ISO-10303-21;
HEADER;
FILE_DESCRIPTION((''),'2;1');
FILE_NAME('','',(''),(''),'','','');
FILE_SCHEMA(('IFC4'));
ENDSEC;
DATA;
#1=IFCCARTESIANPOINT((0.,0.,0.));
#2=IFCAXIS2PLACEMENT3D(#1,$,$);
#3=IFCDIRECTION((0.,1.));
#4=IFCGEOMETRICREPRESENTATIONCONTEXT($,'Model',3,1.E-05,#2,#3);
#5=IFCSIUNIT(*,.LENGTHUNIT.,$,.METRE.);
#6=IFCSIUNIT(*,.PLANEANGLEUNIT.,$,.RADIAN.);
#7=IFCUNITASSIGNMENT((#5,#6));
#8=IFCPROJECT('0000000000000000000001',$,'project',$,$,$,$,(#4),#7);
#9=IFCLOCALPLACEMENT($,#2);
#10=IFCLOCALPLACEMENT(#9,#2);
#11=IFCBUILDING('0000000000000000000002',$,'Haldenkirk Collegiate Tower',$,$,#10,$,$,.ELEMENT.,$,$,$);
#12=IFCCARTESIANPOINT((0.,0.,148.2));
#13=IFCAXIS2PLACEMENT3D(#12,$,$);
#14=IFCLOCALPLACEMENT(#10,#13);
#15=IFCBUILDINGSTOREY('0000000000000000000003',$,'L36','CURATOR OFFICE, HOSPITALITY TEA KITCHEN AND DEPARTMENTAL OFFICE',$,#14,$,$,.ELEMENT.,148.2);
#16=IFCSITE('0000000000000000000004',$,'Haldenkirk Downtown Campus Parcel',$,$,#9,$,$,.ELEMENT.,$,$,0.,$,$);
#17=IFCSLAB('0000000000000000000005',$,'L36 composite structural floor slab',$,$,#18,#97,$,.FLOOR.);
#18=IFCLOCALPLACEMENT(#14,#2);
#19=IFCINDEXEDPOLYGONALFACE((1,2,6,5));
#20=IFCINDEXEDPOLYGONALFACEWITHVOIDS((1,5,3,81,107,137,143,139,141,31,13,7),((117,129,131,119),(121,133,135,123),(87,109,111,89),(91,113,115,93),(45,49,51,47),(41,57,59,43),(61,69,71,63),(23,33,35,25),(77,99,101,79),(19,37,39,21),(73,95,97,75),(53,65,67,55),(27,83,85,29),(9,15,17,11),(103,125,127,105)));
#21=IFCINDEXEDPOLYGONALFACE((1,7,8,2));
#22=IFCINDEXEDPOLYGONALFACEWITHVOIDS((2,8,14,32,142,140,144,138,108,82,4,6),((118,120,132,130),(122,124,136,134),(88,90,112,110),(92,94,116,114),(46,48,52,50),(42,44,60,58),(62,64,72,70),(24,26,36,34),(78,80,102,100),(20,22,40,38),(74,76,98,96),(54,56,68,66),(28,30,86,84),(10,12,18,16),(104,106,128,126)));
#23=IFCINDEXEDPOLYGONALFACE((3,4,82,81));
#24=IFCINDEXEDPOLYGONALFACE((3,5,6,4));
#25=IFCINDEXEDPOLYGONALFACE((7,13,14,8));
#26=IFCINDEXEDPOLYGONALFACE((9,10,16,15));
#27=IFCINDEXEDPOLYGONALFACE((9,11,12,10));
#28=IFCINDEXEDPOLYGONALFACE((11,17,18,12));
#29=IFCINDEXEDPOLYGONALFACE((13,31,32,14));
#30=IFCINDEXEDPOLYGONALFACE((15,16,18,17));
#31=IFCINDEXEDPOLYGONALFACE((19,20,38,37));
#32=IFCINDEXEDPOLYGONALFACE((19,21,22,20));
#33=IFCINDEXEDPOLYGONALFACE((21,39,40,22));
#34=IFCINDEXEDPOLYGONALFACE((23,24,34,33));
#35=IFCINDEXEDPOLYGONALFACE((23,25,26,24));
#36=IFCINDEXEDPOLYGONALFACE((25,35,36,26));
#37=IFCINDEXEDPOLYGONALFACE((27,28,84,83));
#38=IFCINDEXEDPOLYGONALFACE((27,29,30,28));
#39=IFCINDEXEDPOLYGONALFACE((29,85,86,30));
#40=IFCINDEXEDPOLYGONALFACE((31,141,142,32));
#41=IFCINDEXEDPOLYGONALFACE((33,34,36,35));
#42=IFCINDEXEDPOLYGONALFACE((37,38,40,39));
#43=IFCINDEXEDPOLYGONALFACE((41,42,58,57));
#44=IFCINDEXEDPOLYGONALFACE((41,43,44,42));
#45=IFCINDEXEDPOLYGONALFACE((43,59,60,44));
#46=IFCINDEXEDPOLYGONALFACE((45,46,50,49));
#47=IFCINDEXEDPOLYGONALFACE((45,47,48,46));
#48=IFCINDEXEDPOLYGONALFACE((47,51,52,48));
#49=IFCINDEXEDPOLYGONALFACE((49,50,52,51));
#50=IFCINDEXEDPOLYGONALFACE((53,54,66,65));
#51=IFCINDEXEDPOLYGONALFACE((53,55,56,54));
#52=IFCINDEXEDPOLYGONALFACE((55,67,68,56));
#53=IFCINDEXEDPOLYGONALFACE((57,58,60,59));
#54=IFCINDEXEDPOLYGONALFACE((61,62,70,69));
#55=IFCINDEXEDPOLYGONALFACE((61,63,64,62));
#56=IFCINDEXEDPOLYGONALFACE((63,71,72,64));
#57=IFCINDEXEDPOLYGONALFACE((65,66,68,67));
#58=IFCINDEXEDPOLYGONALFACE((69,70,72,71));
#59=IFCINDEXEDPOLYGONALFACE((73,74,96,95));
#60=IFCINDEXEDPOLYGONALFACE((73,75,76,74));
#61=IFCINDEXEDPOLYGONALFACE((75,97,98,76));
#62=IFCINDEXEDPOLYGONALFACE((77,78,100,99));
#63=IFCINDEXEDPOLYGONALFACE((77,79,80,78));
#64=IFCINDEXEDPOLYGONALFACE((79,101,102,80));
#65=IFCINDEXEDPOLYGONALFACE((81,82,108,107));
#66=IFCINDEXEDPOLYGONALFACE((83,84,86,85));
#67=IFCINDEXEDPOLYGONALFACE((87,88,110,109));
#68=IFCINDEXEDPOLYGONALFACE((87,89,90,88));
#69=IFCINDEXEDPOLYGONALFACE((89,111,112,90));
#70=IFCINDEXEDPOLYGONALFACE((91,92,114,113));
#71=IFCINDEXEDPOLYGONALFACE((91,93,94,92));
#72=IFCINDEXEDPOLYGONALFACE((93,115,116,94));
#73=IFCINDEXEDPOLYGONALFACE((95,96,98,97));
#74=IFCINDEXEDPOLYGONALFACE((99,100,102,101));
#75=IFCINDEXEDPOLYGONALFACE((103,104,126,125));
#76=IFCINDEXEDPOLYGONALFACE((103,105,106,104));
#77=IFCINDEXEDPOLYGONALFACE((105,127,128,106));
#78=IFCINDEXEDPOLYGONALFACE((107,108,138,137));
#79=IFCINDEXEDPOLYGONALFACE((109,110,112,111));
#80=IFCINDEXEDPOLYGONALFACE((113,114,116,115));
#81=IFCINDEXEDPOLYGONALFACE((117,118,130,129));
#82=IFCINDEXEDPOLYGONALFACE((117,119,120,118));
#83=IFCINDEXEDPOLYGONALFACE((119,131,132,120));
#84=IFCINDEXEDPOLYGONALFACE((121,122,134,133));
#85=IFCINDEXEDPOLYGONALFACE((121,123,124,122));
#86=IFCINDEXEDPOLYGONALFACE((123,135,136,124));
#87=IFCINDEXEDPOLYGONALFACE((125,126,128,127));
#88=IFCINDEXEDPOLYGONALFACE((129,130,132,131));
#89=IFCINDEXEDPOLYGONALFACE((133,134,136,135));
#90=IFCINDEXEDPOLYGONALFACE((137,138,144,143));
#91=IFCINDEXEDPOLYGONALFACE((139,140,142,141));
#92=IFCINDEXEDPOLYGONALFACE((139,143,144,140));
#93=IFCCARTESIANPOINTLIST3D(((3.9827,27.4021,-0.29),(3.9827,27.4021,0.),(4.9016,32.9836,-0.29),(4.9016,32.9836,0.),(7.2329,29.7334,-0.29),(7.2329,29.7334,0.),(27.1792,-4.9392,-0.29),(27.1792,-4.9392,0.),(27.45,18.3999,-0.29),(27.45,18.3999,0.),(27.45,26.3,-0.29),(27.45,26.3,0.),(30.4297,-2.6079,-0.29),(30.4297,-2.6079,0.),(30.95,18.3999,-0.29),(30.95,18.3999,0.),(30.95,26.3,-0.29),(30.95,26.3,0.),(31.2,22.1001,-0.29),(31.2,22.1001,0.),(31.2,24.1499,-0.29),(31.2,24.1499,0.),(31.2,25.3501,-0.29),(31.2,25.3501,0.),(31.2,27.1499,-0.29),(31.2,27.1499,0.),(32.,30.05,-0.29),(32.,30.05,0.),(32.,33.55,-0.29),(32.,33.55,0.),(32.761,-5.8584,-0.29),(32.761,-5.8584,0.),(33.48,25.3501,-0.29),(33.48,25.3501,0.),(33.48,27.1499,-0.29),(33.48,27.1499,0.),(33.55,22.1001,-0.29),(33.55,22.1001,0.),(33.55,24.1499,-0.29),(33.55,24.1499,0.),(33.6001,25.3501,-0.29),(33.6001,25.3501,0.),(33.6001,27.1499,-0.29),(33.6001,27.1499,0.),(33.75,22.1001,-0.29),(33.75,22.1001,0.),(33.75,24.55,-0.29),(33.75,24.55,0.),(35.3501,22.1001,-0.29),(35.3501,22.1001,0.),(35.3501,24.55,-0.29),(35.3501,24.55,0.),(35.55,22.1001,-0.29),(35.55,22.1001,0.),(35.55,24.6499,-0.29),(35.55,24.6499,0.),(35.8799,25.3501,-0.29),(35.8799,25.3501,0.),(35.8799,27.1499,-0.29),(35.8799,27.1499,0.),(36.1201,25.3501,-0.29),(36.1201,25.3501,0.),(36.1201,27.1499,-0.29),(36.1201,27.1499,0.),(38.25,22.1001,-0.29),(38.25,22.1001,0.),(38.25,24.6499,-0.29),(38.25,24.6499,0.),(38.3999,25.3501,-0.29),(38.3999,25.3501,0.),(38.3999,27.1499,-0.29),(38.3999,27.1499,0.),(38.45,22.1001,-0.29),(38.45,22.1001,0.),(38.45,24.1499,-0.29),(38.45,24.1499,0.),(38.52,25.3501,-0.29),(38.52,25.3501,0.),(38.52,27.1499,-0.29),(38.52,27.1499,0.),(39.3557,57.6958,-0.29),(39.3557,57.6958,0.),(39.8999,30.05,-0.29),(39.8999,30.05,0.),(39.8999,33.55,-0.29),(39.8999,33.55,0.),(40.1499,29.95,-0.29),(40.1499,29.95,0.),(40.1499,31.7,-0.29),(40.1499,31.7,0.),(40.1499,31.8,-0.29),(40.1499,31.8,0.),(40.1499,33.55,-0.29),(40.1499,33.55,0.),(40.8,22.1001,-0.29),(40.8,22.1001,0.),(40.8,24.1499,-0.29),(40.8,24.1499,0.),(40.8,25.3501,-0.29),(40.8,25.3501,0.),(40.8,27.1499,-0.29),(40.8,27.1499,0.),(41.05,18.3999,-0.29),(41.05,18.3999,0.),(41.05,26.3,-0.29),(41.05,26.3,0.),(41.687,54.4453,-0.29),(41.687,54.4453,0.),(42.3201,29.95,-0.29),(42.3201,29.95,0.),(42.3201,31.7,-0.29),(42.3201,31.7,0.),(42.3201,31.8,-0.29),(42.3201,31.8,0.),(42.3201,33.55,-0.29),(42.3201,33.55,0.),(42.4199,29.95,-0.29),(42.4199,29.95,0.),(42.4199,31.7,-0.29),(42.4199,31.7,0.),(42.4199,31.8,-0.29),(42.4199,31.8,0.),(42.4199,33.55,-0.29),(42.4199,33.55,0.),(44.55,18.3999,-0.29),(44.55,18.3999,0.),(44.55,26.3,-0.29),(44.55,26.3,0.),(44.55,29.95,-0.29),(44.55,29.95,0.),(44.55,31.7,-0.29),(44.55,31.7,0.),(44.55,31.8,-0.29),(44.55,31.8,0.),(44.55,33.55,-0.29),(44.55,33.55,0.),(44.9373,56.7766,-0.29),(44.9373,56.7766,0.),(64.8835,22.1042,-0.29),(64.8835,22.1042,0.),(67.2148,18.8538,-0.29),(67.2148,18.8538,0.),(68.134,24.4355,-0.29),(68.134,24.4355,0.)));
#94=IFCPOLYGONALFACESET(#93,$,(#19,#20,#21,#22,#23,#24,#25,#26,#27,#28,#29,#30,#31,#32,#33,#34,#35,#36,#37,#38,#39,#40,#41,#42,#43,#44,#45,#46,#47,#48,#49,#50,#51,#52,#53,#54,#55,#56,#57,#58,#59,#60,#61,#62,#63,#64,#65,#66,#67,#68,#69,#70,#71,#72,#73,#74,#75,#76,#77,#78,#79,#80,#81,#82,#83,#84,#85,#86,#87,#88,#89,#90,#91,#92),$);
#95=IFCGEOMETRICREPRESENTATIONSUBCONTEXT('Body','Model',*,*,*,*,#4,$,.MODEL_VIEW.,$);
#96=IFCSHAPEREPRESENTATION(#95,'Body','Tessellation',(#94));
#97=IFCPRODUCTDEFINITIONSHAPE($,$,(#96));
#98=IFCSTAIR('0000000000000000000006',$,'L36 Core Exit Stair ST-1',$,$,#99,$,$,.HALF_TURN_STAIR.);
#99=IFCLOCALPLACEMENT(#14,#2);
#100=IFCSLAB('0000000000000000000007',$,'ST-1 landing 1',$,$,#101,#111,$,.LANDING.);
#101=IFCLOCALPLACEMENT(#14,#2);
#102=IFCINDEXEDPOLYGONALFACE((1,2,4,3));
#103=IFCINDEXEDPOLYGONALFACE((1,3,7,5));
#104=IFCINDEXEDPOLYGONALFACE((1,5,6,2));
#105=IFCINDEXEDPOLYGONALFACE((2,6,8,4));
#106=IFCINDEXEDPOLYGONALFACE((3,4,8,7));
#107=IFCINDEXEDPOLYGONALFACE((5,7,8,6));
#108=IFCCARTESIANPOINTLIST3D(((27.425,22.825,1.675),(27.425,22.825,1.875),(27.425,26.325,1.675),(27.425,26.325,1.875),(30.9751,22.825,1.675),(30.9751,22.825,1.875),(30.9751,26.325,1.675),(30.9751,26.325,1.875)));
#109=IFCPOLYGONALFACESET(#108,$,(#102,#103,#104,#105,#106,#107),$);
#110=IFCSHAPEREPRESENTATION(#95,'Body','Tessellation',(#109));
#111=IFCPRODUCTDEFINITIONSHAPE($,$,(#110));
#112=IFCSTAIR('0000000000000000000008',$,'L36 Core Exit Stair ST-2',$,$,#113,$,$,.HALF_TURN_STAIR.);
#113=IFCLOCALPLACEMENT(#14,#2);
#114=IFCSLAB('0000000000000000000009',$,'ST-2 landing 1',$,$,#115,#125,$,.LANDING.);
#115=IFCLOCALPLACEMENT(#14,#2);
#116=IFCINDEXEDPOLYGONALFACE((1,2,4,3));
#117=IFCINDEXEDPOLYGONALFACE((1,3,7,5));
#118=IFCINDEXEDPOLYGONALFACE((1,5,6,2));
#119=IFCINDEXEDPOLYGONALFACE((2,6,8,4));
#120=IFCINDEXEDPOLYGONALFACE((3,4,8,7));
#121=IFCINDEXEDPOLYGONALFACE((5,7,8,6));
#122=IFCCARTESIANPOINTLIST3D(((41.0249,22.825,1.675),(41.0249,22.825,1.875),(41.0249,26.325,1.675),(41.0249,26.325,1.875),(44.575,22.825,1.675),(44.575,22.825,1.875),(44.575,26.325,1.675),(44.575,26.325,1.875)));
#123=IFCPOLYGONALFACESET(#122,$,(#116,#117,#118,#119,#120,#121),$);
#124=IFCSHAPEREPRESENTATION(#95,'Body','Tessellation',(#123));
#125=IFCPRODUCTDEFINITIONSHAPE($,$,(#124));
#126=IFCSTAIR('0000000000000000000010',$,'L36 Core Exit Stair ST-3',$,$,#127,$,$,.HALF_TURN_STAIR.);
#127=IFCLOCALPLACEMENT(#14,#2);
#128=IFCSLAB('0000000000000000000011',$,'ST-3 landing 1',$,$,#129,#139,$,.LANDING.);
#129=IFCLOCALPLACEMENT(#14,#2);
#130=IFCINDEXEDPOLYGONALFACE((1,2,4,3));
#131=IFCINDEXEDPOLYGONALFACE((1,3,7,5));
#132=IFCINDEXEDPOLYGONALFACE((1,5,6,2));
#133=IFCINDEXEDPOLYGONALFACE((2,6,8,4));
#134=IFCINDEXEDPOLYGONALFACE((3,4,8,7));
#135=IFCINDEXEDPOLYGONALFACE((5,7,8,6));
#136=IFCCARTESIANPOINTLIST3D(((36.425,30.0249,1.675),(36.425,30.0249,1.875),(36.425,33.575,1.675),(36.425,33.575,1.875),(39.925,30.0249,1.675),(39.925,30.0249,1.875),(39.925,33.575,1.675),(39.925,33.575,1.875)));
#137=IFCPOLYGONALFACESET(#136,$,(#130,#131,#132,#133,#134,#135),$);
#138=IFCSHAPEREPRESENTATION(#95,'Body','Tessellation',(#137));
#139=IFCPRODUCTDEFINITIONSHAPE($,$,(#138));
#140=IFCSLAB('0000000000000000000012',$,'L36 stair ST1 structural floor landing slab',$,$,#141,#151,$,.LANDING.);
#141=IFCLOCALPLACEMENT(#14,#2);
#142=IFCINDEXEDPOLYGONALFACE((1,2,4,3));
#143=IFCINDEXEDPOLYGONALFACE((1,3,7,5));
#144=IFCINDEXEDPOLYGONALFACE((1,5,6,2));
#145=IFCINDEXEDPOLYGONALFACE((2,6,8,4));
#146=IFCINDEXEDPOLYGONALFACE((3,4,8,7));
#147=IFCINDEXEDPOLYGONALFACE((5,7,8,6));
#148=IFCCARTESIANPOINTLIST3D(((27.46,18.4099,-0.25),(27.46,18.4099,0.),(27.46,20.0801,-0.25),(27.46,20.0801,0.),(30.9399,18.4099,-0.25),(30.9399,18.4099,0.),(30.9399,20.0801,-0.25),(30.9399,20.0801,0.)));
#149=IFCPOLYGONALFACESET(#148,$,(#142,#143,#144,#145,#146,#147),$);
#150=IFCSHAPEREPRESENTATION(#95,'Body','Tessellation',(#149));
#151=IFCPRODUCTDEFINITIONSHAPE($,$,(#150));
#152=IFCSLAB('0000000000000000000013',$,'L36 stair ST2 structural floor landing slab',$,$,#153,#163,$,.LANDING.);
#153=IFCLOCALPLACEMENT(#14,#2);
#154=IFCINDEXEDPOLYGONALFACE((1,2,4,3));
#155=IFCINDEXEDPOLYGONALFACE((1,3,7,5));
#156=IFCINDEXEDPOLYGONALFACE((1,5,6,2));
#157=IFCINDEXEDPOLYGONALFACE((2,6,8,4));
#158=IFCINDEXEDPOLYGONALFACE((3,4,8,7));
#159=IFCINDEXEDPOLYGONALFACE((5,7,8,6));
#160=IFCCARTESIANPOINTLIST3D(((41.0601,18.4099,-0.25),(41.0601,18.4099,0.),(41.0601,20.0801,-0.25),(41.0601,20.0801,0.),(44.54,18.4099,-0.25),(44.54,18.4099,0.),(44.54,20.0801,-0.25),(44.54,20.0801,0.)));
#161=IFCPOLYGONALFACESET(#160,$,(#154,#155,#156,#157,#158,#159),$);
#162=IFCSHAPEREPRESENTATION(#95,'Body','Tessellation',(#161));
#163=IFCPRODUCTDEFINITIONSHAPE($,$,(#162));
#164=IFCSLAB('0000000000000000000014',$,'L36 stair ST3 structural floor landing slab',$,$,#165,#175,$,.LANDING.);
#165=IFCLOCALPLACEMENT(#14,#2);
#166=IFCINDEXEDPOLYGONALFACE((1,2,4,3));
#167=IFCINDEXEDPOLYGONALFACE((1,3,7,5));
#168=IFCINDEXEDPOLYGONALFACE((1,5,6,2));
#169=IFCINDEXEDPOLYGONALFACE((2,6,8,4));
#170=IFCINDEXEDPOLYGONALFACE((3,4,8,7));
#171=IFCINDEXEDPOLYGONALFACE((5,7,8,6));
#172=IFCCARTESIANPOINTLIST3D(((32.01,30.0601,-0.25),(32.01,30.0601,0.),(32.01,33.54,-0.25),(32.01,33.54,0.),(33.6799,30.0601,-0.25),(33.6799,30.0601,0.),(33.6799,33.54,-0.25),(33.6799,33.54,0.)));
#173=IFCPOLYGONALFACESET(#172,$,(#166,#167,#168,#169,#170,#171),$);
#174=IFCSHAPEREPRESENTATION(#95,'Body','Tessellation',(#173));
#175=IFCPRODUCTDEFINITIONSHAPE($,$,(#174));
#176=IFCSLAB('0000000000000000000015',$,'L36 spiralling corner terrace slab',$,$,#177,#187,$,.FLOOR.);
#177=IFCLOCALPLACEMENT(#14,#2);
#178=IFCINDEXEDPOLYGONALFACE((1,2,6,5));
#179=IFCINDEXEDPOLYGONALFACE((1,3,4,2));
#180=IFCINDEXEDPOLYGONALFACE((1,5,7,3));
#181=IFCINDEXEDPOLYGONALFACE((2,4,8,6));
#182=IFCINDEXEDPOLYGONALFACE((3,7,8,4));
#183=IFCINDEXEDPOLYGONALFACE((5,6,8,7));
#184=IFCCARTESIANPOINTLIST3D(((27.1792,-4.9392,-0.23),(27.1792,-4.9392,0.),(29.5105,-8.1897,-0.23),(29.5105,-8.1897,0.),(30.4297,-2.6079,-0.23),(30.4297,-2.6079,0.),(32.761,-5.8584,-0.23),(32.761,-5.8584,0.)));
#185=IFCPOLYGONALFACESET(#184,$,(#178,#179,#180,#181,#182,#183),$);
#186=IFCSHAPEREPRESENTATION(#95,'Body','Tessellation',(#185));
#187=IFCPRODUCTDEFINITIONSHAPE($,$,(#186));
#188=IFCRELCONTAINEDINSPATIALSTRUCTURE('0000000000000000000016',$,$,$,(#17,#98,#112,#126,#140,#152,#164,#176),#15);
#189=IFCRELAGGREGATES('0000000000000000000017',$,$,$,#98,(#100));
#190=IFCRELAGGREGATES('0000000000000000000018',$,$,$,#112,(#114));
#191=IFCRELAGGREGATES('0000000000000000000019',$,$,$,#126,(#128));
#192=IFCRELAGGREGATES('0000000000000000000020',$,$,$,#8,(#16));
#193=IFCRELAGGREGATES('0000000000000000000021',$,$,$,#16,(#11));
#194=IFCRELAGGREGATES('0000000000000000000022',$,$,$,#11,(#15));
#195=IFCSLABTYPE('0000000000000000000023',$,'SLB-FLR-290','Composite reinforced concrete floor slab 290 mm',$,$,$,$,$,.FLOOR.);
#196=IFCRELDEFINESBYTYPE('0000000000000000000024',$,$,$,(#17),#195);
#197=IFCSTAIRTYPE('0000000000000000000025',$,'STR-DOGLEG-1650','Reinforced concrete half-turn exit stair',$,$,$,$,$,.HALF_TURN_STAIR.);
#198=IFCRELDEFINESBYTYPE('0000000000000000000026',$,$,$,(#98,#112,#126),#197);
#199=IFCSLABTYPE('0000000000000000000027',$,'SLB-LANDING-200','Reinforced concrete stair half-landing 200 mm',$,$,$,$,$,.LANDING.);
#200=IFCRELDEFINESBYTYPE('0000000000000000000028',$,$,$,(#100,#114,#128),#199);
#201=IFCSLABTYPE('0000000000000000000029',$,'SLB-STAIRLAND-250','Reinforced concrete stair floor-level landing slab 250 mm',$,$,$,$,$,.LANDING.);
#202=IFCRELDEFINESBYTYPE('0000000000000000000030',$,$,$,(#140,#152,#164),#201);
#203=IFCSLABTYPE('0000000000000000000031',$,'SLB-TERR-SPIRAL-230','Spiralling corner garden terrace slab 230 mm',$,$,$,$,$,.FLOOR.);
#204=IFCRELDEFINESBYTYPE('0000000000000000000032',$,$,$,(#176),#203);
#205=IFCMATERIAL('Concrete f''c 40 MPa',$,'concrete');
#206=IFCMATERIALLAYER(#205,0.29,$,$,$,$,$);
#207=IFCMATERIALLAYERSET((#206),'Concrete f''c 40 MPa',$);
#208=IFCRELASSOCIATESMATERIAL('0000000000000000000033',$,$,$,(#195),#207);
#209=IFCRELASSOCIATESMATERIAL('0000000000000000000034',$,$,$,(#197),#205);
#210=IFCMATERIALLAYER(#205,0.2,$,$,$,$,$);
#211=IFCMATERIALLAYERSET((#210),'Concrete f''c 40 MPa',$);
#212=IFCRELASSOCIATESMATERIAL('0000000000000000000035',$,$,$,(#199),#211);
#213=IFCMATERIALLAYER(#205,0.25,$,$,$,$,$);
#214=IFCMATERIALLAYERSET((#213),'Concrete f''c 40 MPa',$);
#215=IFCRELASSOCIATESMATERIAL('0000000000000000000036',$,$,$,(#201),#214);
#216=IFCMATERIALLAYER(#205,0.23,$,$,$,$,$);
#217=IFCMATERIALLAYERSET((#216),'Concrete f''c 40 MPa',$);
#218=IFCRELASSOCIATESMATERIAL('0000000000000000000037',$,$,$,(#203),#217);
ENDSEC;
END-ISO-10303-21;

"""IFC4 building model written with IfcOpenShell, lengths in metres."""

from ifc_helpers import new_model, si_unit, direction, frame, origin, place, context, subcontext, project, spatial, polyline, outline, extrude, material, layer, layer_set, type_object, element, aggregate, save


model = new_model("IFC4")

# Units and contexts
model_context = context("Model", 3, precision=1e-05, world=origin(), true_north=direction((0.0, 1.0)))
body_context = subcontext(model_context, "Body", "Model", "MODEL_VIEW")
ifc_project = project(units=[si_unit("LENGTHUNIT", "METRE"), si_unit("PLANEANGLEUNIT", "RADIAN")], contexts=[model_context])

# Site, building, storey
site_placement = place(None, origin())
site = spatial("IfcSite", under=ifc_project, at=site_placement, Name="Haldenkirk Downtown Campus Parcel", CompositionType="ELEMENT", RefElevation=0.0)
building_placement = place(site_placement, origin())
building = spatial("IfcBuilding", under=site, at=building_placement, Name="Haldenkirk Collegiate Tower", CompositionType="ELEMENT")
storey_placement = place(building_placement, frame((0.0, 0.0, 148.2)))
storey = spatial("IfcBuildingStorey", under=building, at=storey_placement, Name="L36", Description="CURATOR OFFICE, HOSPITALITY TEA KITCHEN AND DEPARTMENTAL OFFICE", CompositionType="ELEMENT", Elevation=148.2)

# Slab
ifc_material_1 = material(Name="Concrete f'c 40 MPa", Category="concrete")
ifc_layer_1 = layer(ifc_material_1, 0.29)
ifc_layer_set_1 = layer_set([ifc_layer_1], Name="Concrete f'c 40 MPa")
slab_type_1 = type_object("IfcSlabType", Name="SLB-FLR-290", Description="Composite reinforced concrete floor slab 290 mm", PredefinedType="FLOOR", material=ifc_layer_set_1)
slab_1_placement = place(storey_placement, frame((0.0, 0.0, -0.29)))
element("IfcSlab", 1, at=slab_1_placement, inside=storey, type_object=slab_type_1, Name="L36 composite structural floor slab", PredefinedType="FLOOR", context=body_context, shape_type="SweptSolid", body=[
    extrude(outline(polyline([(32.761, -5.8584), (67.2148, 18.8538), (64.8835, 22.1042), (68.134, 24.4355), (44.9373, 56.7766), (41.687, 54.4453), (39.3557, 57.6958), (4.9016, 32.9836), (7.2329, 29.7334), (3.9827, 27.4021), (27.1792, -4.9392), (30.4297, -2.6079), (32.761, -5.8584)]), holes=[polyline([(27.45, 18.3999), (30.95, 18.3999), (30.95, 26.3), (27.45, 26.3), (27.45, 18.3999)]), polyline([(41.05, 18.3999), (44.55, 18.3999), (44.55, 26.3), (41.05, 26.3), (41.05, 18.3999)]), polyline([(32.0, 30.05), (39.8999, 30.05), (39.8999, 33.55), (32.0, 33.55), (32.0, 30.05)]), polyline([(33.75, 22.1001), (35.3501, 22.1001), (35.3501, 24.55), (33.75, 24.55), (33.75, 22.1001)]), polyline([(40.1499, 29.95), (42.3201, 29.95), (42.3201, 31.7), (40.1499, 31.7), (40.1499, 29.95)]), polyline([(42.4199, 29.95), (44.55, 29.95), (44.55, 31.7), (42.4199, 31.7), (42.4199, 29.95)]), polyline([(40.1499, 31.8), (42.3201, 31.8), (42.3201, 33.55), (40.1499, 33.55), (40.1499, 31.8)]), polyline([(42.4199, 31.8), (44.55, 31.8), (44.55, 33.55), (42.4199, 33.55), (42.4199, 31.8)]), polyline([(31.2, 25.3501), (33.48, 25.3501), (33.48, 27.1499), (31.2, 27.1499), (31.2, 25.3501)]), polyline([(33.6001, 25.3501), (35.8799, 25.3501), (35.8799, 27.1499), (33.6001, 27.1499), (33.6001, 25.3501)]), polyline([(36.1201, 25.3501), (38.3999, 25.3501), (38.3999, 27.1499), (36.1201, 27.1499), (36.1201, 25.3501)]), polyline([(38.52, 25.3501), (40.8, 25.3501), (40.8, 27.1499), (38.52, 27.1499), (38.52, 25.3501)]), polyline([(31.2, 22.1001), (33.55, 22.1001), (33.55, 24.1499), (31.2, 24.1499), (31.2, 22.1001)]), polyline([(38.45, 22.1001), (40.8, 22.1001), (40.8, 24.1499), (38.45, 24.1499), (38.45, 22.1001)]), polyline([(35.55, 22.1001), (38.25, 22.1001), (38.25, 24.6499), (35.55, 24.6499), (35.55, 22.1001)])]), origin(), (0.0, 0.0, 1.0), 0.29),
])

# Stairs, slabs
stair_type = type_object("IfcStairType", Name="STR-DOGLEG-1650", Description="Reinforced concrete half-turn exit stair", PredefinedType="HALF_TURN_STAIR", material=ifc_material_1)
stair_1_placement = place(storey_placement, origin())
stair_1 = element("IfcStair", 2, at=stair_1_placement, inside=storey, type_object=stair_type, Name="L36 Core Exit Stair ST-1", PredefinedType="HALF_TURN_STAIR")
ifc_layer_2 = layer(ifc_material_1, 0.2)
ifc_layer_set_2 = layer_set([ifc_layer_2], Name="Concrete f'c 40 MPa")
slab_type_2 = type_object("IfcSlabType", Name="SLB-LANDING-200", Description="Reinforced concrete stair half-landing 200 mm", PredefinedType="LANDING", material=ifc_layer_set_2)
slab_2_placement = place(storey_placement, frame((0.0, 0.0, 1.675)))
slab_2 = element("IfcSlab", 3, at=slab_2_placement, type_object=slab_type_2, Name="ST-1 landing 1", PredefinedType="LANDING", context=body_context, shape_type="SweptSolid", body=[
    extrude(outline(polyline([(30.9751, 22.825), (27.425, 22.825), (27.425, 26.325), (30.9751, 26.325), (30.9751, 22.825)])), origin(), (0.0, 0.0, 1.0), 0.2),
])
aggregate(stair_1, [slab_2])
stair_2_placement = place(storey_placement, origin())
stair_2 = element("IfcStair", 4, at=stair_2_placement, inside=storey, type_object=stair_type, Name="L36 Core Exit Stair ST-2", PredefinedType="HALF_TURN_STAIR")
slab_3_placement = place(storey_placement, frame((0.0, 0.0, 1.675)))
slab_3 = element("IfcSlab", 5, at=slab_3_placement, type_object=slab_type_2, Name="ST-2 landing 1", PredefinedType="LANDING", context=body_context, shape_type="SweptSolid", body=[
    extrude(outline(polyline([(44.575, 22.825), (41.0249, 22.825), (41.0249, 26.325), (44.575, 26.325), (44.575, 22.825)])), origin(), (0.0, 0.0, 1.0), 0.2),
])
aggregate(stair_2, [slab_3])
stair_3_placement = place(storey_placement, origin())
stair_3 = element("IfcStair", 6, at=stair_3_placement, inside=storey, type_object=stair_type, Name="L36 Core Exit Stair ST-3", PredefinedType="HALF_TURN_STAIR")
slab_4_placement = place(storey_placement, frame((0.0, 0.0, 1.675)))
slab_4 = element("IfcSlab", 7, at=slab_4_placement, type_object=slab_type_2, Name="ST-3 landing 1", PredefinedType="LANDING", context=body_context, shape_type="SweptSolid", body=[
    extrude(outline(polyline([(36.425, 30.0249), (36.425, 33.575), (39.925, 33.575), (39.925, 30.0249), (36.425, 30.0249)])), origin(), (0.0, 0.0, 1.0), 0.2),
])
aggregate(stair_3, [slab_4])

# Slabs
ifc_layer_3 = layer(ifc_material_1, 0.25)
ifc_layer_set_3 = layer_set([ifc_layer_3], Name="Concrete f'c 40 MPa")
slab_type_3 = type_object("IfcSlabType", Name="SLB-STAIRLAND-250", Description="Reinforced concrete stair floor-level landing slab 250 mm", PredefinedType="LANDING", material=ifc_layer_set_3)
slab_5_placement = place(storey_placement, frame((0.0, 0.0, -0.25)))
element("IfcSlab", 8, at=slab_5_placement, inside=storey, type_object=slab_type_3, Name="L36 stair ST1 structural floor landing slab", PredefinedType="LANDING", context=body_context, shape_type="SweptSolid", body=[
    extrude(outline(polyline([(27.46, 18.4099), (30.9399, 18.4099), (30.9399, 20.0801), (27.46, 20.0801), (27.46, 18.4099)])), origin(), (0.0, 0.0, 1.0), 0.25),
])
slab_6_placement = place(storey_placement, frame((0.0, 0.0, -0.25)))
element("IfcSlab", 9, at=slab_6_placement, inside=storey, type_object=slab_type_3, Name="L36 stair ST2 structural floor landing slab", PredefinedType="LANDING", context=body_context, shape_type="SweptSolid", body=[
    extrude(outline(polyline([(41.0601, 18.4099), (44.54, 18.4099), (44.54, 20.0801), (41.0601, 20.0801), (41.0601, 18.4099)])), origin(), (0.0, 0.0, 1.0), 0.25),
])
slab_7_placement = place(storey_placement, frame((0.0, 0.0, -0.25)))
element("IfcSlab", 10, at=slab_7_placement, inside=storey, type_object=slab_type_3, Name="L36 stair ST3 structural floor landing slab", PredefinedType="LANDING", context=body_context, shape_type="SweptSolid", body=[
    extrude(outline(polyline([(32.01, 30.0601), (33.6799, 30.0601), (33.6799, 33.54), (32.01, 33.54), (32.01, 30.0601)])), origin(), (0.0, 0.0, 1.0), 0.25),
])
ifc_layer_4 = layer(ifc_material_1, 0.23)
ifc_layer_set_4 = layer_set([ifc_layer_4], Name="Concrete f'c 40 MPa")
slab_type_4 = type_object("IfcSlabType", Name="SLB-TERR-SPIRAL-230", Description="Spiralling corner garden terrace slab 230 mm", PredefinedType="FLOOR", material=ifc_layer_set_4)
slab_8_placement = place(storey_placement, frame((0.0, 0.0, -0.23)))
element("IfcSlab", 11, at=slab_8_placement, inside=storey, type_object=slab_type_4, Name="L36 spiralling corner terrace slab", PredefinedType="FLOOR", context=body_context, shape_type="SweptSolid", body=[
    extrude(outline(polyline([(29.5105, -8.1897), (32.761, -5.8584), (30.4297, -2.6079), (27.1792, -4.9392), (29.5105, -8.1897)])), origin(), (0.0, 0.0, 1.0), 0.23),
])

save(model, "model.ifc")
